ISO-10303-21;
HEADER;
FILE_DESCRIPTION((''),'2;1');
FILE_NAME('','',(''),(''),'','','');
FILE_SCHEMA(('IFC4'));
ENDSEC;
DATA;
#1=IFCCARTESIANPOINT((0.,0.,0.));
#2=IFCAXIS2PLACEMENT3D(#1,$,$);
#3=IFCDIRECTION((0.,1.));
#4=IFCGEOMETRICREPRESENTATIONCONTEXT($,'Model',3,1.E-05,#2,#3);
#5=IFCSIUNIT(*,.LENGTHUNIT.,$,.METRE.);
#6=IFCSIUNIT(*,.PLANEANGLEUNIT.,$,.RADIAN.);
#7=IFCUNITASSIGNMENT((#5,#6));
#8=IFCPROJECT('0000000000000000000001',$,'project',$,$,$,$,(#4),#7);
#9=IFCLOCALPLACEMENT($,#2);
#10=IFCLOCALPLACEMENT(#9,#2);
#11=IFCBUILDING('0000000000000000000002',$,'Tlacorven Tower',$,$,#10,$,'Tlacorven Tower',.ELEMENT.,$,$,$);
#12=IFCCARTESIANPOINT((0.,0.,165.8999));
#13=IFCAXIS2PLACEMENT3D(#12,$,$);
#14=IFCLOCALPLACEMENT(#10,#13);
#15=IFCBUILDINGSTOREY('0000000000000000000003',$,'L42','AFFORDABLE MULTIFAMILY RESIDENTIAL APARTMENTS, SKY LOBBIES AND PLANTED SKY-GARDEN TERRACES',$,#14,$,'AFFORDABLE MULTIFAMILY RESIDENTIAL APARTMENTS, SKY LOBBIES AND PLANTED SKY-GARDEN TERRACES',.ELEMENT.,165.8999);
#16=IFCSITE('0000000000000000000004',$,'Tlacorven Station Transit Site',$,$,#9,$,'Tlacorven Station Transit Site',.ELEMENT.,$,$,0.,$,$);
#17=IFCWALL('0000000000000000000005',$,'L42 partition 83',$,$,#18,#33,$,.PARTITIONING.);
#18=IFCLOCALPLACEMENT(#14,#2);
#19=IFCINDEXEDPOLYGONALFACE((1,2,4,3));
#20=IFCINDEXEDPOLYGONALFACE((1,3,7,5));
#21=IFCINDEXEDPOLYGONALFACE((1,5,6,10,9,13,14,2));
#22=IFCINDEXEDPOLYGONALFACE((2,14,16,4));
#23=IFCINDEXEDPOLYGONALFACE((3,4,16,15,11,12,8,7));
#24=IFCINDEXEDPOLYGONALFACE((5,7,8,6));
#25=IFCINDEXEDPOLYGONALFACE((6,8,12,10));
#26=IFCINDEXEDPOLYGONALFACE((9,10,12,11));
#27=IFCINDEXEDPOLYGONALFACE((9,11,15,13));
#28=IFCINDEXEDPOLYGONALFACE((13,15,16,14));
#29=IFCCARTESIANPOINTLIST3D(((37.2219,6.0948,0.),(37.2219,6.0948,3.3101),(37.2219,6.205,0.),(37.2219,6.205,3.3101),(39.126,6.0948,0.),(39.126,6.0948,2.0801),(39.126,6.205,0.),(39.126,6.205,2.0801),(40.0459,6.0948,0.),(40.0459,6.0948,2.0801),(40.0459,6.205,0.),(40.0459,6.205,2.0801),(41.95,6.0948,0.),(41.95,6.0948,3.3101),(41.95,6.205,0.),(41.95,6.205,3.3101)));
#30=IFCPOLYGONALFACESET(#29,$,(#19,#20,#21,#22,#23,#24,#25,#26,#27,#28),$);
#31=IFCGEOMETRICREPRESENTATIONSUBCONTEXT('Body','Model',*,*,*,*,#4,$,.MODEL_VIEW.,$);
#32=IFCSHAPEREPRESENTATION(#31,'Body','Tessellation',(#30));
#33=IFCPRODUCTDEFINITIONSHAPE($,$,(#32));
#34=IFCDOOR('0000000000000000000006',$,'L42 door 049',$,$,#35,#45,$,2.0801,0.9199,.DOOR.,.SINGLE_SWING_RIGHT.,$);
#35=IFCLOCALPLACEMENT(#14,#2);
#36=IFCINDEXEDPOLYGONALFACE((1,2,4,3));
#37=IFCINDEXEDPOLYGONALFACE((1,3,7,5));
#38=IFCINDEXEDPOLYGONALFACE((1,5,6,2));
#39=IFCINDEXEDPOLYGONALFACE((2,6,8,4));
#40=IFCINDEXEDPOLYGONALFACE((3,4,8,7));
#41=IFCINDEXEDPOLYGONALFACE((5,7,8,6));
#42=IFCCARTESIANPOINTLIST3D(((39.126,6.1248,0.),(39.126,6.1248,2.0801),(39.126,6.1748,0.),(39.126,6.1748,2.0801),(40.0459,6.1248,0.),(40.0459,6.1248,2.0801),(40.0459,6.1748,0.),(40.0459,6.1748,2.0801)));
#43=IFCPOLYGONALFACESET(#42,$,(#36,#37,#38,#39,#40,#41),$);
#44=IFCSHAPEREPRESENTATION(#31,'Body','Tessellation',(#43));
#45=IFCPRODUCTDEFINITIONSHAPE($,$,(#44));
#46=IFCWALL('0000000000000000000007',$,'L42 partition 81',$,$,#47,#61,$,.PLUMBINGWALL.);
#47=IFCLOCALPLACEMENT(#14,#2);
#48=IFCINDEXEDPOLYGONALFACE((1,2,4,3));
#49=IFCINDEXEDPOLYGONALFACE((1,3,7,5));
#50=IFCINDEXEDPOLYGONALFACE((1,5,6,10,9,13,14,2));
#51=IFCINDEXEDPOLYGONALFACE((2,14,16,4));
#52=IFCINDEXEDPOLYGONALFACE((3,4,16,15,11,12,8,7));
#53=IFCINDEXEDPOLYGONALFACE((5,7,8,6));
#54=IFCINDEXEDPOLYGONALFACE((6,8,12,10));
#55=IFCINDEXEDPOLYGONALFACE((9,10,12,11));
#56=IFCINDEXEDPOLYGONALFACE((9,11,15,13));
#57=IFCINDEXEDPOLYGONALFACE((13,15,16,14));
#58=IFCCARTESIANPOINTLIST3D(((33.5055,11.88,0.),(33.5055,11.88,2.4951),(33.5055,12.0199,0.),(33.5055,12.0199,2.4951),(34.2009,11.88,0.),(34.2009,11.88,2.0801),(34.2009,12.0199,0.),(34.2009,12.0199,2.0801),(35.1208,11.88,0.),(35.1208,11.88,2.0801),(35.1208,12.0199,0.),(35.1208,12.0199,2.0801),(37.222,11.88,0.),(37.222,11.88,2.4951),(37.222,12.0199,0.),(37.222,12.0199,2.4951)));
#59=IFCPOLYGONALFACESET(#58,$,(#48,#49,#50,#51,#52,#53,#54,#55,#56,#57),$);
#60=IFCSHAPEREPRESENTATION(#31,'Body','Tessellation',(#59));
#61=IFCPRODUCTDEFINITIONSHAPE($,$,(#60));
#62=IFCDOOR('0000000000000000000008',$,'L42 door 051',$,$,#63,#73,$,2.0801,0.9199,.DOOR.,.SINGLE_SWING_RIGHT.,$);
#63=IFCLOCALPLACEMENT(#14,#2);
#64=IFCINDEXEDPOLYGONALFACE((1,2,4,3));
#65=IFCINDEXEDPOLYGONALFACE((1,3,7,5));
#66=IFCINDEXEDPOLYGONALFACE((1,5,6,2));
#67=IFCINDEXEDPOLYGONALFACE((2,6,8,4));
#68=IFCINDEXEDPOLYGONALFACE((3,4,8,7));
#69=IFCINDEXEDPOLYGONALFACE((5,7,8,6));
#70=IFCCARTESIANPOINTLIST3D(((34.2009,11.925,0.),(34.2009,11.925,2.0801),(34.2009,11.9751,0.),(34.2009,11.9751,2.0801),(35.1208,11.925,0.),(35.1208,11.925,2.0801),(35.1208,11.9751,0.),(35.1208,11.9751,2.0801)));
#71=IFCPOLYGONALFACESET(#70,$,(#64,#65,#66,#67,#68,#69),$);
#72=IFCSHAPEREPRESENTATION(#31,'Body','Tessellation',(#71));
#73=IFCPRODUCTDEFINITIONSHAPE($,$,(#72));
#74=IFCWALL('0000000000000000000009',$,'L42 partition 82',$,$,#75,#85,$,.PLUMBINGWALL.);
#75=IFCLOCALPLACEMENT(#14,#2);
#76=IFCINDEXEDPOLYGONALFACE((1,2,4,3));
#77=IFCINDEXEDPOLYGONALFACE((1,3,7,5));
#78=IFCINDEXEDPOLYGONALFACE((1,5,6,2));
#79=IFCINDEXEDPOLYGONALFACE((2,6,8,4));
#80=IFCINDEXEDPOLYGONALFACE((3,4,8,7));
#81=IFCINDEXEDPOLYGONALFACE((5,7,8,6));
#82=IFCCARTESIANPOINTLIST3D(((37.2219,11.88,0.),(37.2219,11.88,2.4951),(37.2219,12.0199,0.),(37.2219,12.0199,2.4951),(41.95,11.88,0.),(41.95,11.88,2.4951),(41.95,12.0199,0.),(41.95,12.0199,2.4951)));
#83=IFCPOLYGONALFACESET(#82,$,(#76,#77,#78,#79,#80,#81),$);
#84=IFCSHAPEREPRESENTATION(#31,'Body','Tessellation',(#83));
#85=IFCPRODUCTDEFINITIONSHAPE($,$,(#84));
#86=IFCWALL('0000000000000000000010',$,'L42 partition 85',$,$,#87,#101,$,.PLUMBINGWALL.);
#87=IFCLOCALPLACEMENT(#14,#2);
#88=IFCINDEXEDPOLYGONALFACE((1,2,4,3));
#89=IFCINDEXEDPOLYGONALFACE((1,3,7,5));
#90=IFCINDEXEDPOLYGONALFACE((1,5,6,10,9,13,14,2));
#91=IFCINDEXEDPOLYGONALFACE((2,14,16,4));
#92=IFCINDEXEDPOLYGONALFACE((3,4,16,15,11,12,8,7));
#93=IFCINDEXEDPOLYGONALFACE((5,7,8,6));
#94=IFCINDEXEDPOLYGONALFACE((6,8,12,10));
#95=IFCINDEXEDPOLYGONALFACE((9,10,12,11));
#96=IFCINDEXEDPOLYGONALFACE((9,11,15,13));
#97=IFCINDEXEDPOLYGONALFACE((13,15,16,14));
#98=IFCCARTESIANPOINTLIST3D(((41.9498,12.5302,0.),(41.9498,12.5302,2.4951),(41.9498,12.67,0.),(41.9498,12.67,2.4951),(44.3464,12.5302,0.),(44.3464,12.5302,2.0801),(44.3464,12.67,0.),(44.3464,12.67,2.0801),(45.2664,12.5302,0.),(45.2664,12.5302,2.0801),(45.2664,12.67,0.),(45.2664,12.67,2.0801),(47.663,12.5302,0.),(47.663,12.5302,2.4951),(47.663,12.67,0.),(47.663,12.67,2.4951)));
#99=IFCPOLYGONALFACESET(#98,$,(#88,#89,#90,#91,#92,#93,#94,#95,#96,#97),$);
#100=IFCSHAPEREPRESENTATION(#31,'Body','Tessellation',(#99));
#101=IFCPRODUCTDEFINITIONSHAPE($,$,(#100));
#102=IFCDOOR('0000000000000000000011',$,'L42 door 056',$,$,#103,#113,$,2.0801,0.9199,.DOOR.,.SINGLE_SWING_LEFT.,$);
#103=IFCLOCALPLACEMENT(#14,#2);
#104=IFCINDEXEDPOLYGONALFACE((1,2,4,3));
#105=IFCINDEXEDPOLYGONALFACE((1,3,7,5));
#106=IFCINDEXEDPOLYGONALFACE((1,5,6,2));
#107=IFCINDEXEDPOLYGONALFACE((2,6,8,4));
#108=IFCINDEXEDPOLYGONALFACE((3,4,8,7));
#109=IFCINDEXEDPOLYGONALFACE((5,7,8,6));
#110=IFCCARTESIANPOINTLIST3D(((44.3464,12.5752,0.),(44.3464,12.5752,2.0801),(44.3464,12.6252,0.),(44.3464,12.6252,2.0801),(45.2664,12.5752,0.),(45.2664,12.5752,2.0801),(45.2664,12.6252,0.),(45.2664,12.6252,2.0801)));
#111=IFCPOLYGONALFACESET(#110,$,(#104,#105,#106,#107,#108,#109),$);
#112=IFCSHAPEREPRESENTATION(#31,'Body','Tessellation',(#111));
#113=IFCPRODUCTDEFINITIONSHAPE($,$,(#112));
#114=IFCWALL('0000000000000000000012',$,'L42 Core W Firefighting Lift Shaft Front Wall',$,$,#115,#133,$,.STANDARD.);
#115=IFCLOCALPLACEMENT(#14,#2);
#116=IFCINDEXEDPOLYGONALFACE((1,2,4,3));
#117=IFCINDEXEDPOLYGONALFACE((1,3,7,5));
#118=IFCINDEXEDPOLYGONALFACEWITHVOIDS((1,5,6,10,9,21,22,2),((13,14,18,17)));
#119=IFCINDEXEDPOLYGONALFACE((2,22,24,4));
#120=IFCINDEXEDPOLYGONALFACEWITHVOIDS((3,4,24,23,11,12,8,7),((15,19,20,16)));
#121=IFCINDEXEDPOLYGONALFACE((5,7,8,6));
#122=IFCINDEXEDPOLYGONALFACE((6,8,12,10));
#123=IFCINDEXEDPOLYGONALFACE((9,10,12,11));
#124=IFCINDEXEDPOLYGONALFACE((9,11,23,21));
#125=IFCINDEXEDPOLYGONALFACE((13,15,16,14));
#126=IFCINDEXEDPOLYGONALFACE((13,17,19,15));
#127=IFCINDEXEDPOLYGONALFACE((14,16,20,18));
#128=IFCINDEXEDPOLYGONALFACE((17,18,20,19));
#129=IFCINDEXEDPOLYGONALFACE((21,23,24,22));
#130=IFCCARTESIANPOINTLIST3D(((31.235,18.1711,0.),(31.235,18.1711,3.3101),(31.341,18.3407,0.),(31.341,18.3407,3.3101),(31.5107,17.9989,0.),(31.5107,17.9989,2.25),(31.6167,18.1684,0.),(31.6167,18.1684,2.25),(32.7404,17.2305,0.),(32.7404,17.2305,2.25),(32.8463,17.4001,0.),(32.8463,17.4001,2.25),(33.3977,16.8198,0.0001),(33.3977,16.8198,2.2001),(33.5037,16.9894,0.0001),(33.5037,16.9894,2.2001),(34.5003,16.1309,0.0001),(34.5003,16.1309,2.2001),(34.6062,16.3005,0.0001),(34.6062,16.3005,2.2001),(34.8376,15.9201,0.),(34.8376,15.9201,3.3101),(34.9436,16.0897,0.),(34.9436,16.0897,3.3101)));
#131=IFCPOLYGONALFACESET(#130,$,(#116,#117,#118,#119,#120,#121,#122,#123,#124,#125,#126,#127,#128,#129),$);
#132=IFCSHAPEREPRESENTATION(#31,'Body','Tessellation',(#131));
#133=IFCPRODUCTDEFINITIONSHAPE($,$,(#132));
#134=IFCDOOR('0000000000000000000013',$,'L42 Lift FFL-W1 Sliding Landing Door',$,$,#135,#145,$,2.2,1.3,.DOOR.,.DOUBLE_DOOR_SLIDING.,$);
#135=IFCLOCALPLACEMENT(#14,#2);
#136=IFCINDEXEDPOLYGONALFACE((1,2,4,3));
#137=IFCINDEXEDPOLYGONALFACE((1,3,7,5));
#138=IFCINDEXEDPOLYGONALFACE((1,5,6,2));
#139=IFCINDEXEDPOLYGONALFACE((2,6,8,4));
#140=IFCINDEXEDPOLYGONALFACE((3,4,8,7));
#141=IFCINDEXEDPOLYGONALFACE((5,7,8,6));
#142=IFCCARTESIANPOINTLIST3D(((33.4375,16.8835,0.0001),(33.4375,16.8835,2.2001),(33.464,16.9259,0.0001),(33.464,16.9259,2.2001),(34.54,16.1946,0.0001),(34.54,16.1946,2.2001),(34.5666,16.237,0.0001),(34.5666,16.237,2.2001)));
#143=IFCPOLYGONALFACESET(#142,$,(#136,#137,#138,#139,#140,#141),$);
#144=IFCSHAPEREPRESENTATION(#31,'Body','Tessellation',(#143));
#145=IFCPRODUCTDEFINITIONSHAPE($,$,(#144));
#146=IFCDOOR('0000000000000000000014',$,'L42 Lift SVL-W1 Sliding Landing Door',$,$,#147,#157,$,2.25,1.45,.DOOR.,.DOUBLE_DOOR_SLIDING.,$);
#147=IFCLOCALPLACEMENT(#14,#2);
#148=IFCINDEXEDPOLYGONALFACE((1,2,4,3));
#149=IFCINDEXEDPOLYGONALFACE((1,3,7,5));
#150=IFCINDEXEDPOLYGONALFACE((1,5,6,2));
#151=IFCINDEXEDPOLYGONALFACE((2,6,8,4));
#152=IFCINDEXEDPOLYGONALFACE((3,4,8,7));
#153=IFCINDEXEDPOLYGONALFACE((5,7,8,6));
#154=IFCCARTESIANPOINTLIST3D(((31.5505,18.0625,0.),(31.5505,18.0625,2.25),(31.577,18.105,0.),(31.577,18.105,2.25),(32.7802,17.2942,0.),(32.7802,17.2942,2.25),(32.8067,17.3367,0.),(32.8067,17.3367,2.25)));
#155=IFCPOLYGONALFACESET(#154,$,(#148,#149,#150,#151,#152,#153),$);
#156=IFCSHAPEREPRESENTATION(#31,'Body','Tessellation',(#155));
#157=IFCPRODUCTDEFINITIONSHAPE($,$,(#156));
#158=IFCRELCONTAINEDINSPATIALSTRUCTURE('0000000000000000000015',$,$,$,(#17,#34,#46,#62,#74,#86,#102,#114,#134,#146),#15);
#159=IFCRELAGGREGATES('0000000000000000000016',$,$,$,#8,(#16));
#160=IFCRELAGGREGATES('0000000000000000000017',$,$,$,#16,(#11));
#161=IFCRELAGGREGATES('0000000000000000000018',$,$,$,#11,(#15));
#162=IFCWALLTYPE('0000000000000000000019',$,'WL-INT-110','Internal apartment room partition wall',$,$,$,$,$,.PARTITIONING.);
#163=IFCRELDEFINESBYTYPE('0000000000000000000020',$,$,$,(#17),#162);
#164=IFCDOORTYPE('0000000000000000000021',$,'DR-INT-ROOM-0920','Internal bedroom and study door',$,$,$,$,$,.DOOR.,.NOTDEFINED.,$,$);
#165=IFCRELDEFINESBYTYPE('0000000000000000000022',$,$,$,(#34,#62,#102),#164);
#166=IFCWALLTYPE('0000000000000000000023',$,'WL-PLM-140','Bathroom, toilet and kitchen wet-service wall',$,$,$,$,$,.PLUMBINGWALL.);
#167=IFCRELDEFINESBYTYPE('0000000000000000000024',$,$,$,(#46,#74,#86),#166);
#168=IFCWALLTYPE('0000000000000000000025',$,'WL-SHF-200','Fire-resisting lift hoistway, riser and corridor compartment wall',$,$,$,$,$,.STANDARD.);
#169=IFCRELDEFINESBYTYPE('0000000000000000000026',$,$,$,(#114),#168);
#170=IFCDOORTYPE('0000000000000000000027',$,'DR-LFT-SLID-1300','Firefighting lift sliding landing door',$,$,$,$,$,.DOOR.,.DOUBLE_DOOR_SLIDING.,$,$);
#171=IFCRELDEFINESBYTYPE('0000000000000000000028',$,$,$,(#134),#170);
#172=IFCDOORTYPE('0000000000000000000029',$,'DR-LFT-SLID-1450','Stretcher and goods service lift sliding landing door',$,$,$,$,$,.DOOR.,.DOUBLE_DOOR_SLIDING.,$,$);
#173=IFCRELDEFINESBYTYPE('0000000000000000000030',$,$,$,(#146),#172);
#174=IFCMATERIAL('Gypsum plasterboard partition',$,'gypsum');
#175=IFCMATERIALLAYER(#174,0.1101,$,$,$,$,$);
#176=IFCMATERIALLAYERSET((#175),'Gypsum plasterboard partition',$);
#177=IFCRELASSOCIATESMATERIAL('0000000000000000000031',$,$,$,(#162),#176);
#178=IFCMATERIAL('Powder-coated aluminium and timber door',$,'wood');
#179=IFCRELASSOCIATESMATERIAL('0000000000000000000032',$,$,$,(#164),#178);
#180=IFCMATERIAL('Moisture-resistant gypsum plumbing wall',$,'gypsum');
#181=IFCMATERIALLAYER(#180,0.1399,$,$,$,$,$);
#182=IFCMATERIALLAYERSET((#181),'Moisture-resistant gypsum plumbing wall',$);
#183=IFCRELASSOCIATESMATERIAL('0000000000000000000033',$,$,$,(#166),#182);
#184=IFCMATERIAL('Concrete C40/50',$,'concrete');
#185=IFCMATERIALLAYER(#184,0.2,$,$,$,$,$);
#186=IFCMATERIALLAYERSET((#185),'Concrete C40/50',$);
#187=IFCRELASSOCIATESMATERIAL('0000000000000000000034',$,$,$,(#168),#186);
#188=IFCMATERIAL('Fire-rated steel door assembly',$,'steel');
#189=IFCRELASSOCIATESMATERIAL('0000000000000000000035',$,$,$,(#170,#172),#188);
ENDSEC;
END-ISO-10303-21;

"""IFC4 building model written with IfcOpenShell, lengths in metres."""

from ifc_helpers import new_model, si_unit, direction, frame, frame_2d, origin, place, context, subcontext, project, spatial, rectangle, extrude, source, transform, mapped, material, layer, layer_set, type_object, element, fill, save


model = new_model("IFC4")

# Units and contexts
model_context = context("Model", 3, precision=1e-05, world=origin(), true_north=direction((0.0, 1.0)))
body_context = subcontext(model_context, "Body", "Model", "MODEL_VIEW")
ifc_project = project(units=[si_unit("LENGTHUNIT", "METRE"), si_unit("PLANEANGLEUNIT", "RADIAN")], contexts=[model_context])

# Site, building, storey
site_placement = place(None, origin())
site = spatial("IfcSite", under=ifc_project, at=site_placement, Name="Tlacorven Station Transit Site", LongName="Tlacorven Station Transit Site", CompositionType="ELEMENT", RefElevation=0.0)
building_placement = place(site_placement, origin())
building = spatial("IfcBuilding", under=site, at=building_placement, Name="Tlacorven Tower", LongName="Tlacorven Tower", CompositionType="ELEMENT")
storey_placement = place(building_placement, frame((0.0, 0.0, 165.8999)))
storey = spatial("IfcBuildingStorey", under=building, at=storey_placement, Name="L42", Description="AFFORDABLE MULTIFAMILY RESIDENTIAL APARTMENTS, SKY LOBBIES AND PLANTED SKY-GARDEN TERRACES", LongName="AFFORDABLE MULTIFAMILY RESIDENTIAL APARTMENTS, SKY LOBBIES AND PLANTED SKY-GARDEN TERRACES", CompositionType="ELEMENT", Elevation=165.8999)

# Shared definitions
ifc_material_1 = material(Name="Fire-rated steel door assembly", Category="steel")

# Walls, openings, doors
ifc_material_2 = material(Name="Gypsum plasterboard partition", Category="gypsum")
ifc_layer_1 = layer(ifc_material_2, 0.1101)
ifc_layer_set_1 = layer_set([ifc_layer_1], Name="Gypsum plasterboard partition")
wall_type_1 = type_object("IfcWallType", Name="WL-INT-110", Description="Internal apartment room partition wall", PredefinedType="PARTITIONING", material=ifc_layer_set_1)
wall_1_placement = place(storey_placement, frame((37.2219, 6.1499, 0.0), z_axis=(0.0, 0.0, 1.0), x_axis=(1.0, 0.0, 0.0)))
wall_1 = element("IfcWall", 1, at=wall_1_placement, inside=storey, type_object=wall_type_1, Name="L42 partition 83", PredefinedType="PARTITIONING", context=body_context, shape_type="SweptSolid", body=[
    extrude(rectangle(XDim=4.728, YDim=0.1101, at=frame_2d((2.364, 0.0))), origin(), (0.0, 0.0, 1.0), 3.3101),
])
opening_1_placement = place(wall_1_placement, frame((1.9041, 0.0, 0.0)))
opening_1 = element("IfcOpeningElement", 2, at=opening_1_placement, cuts=wall_1, PredefinedType="OPENING", context=body_context, shape_type="SweptSolid", body=[
    extrude(rectangle(XDim=0.9199, YDim=2.0801, at=frame_2d((0.46, 1.04))), frame((0.0, 0.0649, 0.0), z_axis=(0.0, -1.0, 0.0), x_axis=(1.0, 0.0, 0.0)), (0.0, 0.0, 1.0), 0.1301),
])
ifc_material_3 = material(Name="Powder-coated aluminium and timber door", Category="wood")
door_type_1 = type_object("IfcDoorType", Name="DR-INT-ROOM-0920", Description="Internal bedroom and study door", OperationType="NOTDEFINED", PredefinedType="DOOR", material=ifc_material_3)
shared_shape_1 = source(origin(), body_context, "Body", "SweptSolid", [
    extrude(rectangle(XDim=0.9199, YDim=2.0801, at=frame_2d((0.46, 1.04))), frame((0.0, 0.0249, 0.0), z_axis=(0.0, -1.0, 0.0), x_axis=(1.0, 0.0, 0.0)), (0.0, 0.0, 1.0), 0.05),
])
door_1_placement = place(opening_1_placement, origin())
door_1 = element("IfcDoor", 3, at=door_1_placement, inside=storey, type_object=door_type_1, Name="L42 door 049", OperationType="SINGLE_SWING_RIGHT", OverallHeight=2.0801, OverallWidth=0.9199, PredefinedType="DOOR", context=body_context, shape_type="MappedRepresentation", body=[
    mapped(shared_shape_1, transform((0.0, 0.0, 0.0), scale=1.0)),
])
fill(opening_1, door_1)
ifc_material_4 = material(Name="Moisture-resistant gypsum plumbing wall", Category="gypsum")
ifc_layer_2 = layer(ifc_material_4, 0.1399)
ifc_layer_set_2 = layer_set([ifc_layer_2], Name="Moisture-resistant gypsum plumbing wall")
wall_type_2 = type_object("IfcWallType", Name="WL-PLM-140", Description="Bathroom, toilet and kitchen wet-service wall", PredefinedType="PLUMBINGWALL", material=ifc_layer_set_2)
wall_2_placement = place(storey_placement, frame((33.5054, 11.95, 0.0), z_axis=(0.0, 0.0, 1.0), x_axis=(1.0, 0.0, 0.0)))
wall_2 = element("IfcWall", 4, at=wall_2_placement, inside=storey, type_object=wall_type_2, Name="L42 partition 81", PredefinedType="PLUMBINGWALL", context=body_context, shape_type="SweptSolid", body=[
    extrude(rectangle(XDim=3.7166, YDim=0.1399, at=frame_2d((1.8584, 0.0))), origin(), (0.0, 0.0, 1.0), 2.4951),
])
opening_2_placement = place(wall_2_placement, frame((0.6956, 0.0, 0.0)))
opening_2 = element("IfcOpeningElement", 5, at=opening_2_placement, cuts=wall_2, PredefinedType="OPENING", context=body_context, shape_type="SweptSolid", body=[
    extrude(rectangle(XDim=0.9199, YDim=2.0801, at=frame_2d((0.46, 1.04))), frame((0.0, 0.0801, 0.0), z_axis=(0.0, -1.0, 0.0), x_axis=(1.0, 0.0, 0.0)), (0.0, 0.0, 1.0), 0.1599),
])
door_2_placement = place(opening_2_placement, frame((0.9199, 0.0, 0.0), z_axis=(0.0, 0.0, 1.0), x_axis=(-1.0, 0.0, 0.0)))
door_2 = element("IfcDoor", 6, at=door_2_placement, inside=storey, type_object=door_type_1, Name="L42 door 051", OperationType="SINGLE_SWING_RIGHT", OverallHeight=2.0801, OverallWidth=0.9199, PredefinedType="DOOR", context=body_context, shape_type="MappedRepresentation", body=[
    mapped(shared_shape_1, transform((0.0, 0.0, 0.0), scale=1.0)),
])
fill(opening_2, door_2)

# Wall
wall_3_placement = place(storey_placement, frame((37.2219, 11.95, 0.0), z_axis=(0.0, 0.0, 1.0), x_axis=(1.0, 0.0, 0.0)))
element("IfcWall", 7, at=wall_3_placement, inside=storey, type_object=wall_type_2, Name="L42 partition 82", PredefinedType="PLUMBINGWALL", context=body_context, shape_type="SweptSolid", body=[
    extrude(rectangle(XDim=4.728, YDim=0.1399, at=frame_2d((2.364, 0.0))), origin(), (0.0, 0.0, 1.0), 2.4951),
])

# Wall, opening, door
wall_4_placement = place(storey_placement, frame((41.95, 12.6001, 0.0), z_axis=(0.0, 0.0, 1.0), x_axis=(1.0, 0.0, 0.0)))
wall_4 = element("IfcWall", 8, at=wall_4_placement, inside=storey, type_object=wall_type_2, Name="L42 partition 85", PredefinedType="PLUMBINGWALL", context=body_context, shape_type="SweptSolid", body=[
    extrude(rectangle(XDim=5.7131, YDim=0.1399, at=frame_2d((2.8564, 0.0))), origin(), (0.0, 0.0, 1.0), 2.4951),
])
opening_3_placement = place(wall_4_placement, frame((2.3965, 0.0, 0.0)))
opening_3 = element("IfcOpeningElement", 9, at=opening_3_placement, cuts=wall_4, PredefinedType="OPENING", context=body_context, shape_type="SweptSolid", body=[
    extrude(rectangle(XDim=0.9199, YDim=2.0801, at=frame_2d((0.46, 1.04))), frame((0.0, 0.0801, 0.0), z_axis=(0.0, -1.0, 0.0), x_axis=(1.0, 0.0, 0.0)), (0.0, 0.0, 1.0), 0.1599),
])
door_3_placement = place(opening_3_placement, frame((0.9199, 0.0, 0.0), z_axis=(0.0, 0.0, 1.0), x_axis=(-1.0, 0.0, 0.0)))
door_3 = element("IfcDoor", 10, at=door_3_placement, inside=storey, type_object=door_type_1, Name="L42 door 056", OperationType="SINGLE_SWING_LEFT", OverallHeight=2.0801, OverallWidth=0.9199, PredefinedType="DOOR", context=body_context, shape_type="MappedRepresentation", body=[
    mapped(shared_shape_1, transform((0.0, 0.0, 0.0), scale=1.0)),
])
fill(opening_3, door_3)

# Wall, openings, doors
ifc_material_5 = material(Name="Concrete C40/50", Category="concrete")
ifc_layer_3 = layer(ifc_material_5, 0.2)
ifc_layer_set_3 = layer_set([ifc_layer_3], Name="Concrete C40/50")
wall_type_3 = type_object("IfcWallType", Name="WL-SHF-200", Description="Fire-resisting lift hoistway, riser and corridor compartment wall", PredefinedType="STANDARD", material=ifc_layer_set_3)
wall_5_placement = place(storey_placement, frame((34.8906, 16.0049, 0.0), z_axis=(0.0, 0.0, 1.0), x_axis=(-0.848063, 0.529896, 0.0)))
wall_5 = element("IfcWall", 11, at=wall_5_placement, inside=storey, type_object=wall_type_3, Name="L42 Core W Firefighting Lift Shaft Front Wall", PredefinedType="STANDARD", context=body_context, shape_type="SweptSolid", body=[
    extrude(rectangle(XDim=4.248, YDim=0.2, at=frame_2d((2.124, 0.0))), origin(), (0.0, 0.0, 1.0), 3.3101),
])
opening_4_placement = place(wall_5_placement, frame((0.3979, 0.0, 0.0)))
opening_4 = element("IfcOpeningElement", 12, at=opening_4_placement, cuts=wall_5, PredefinedType="OPENING", context=body_context, shape_type="SweptSolid", body=[
    extrude(rectangle(XDim=1.3, YDim=2.2, at=frame_2d((0.6499, 1.1001))), frame((0.0, 0.1099, 0.0), z_axis=(0.0, -1.0, 0.0), x_axis=(1.0, 0.0, 0.0)), (0.0, 0.0, 1.0), 0.22),
])
opening_5_placement = place(wall_5_placement, frame((2.4729, 0.0, 0.0)))
opening_5 = element("IfcOpeningElement", 13, at=opening_5_placement, cuts=wall_5, PredefinedType="OPENING", context=body_context, shape_type="SweptSolid", body=[
    extrude(rectangle(XDim=1.45, YDim=2.25, at=frame_2d((0.7251, 1.125))), frame((0.0, 0.1099, 0.0), z_axis=(0.0, -1.0, 0.0), x_axis=(1.0, 0.0, 0.0)), (0.0, 0.0, 1.0), 0.22),
])
door_type_2 = type_object("IfcDoorType", Name="DR-LFT-SLID-1300", Description="Firefighting lift sliding landing door", OperationType="DOUBLE_DOOR_SLIDING", PredefinedType="DOOR", material=ifc_material_1)
shared_shape_2 = source(origin(), body_context, "Body", "SweptSolid", [
    extrude(rectangle(XDim=1.3, YDim=2.2, at=frame_2d((0.6499, 1.1001))), frame((0.0, 0.0249, 0.0), z_axis=(0.0, -1.0, 0.0), x_axis=(1.0, 0.0, 0.0)), (0.0, 0.0, 1.0), 0.05),
])
door_4_placement = place(opening_4_placement, origin())
door_4 = element("IfcDoor", 14, at=door_4_placement, inside=storey, type_object=door_type_2, Name="L42 Lift FFL-W1 Sliding Landing Door", OperationType="DOUBLE_DOOR_SLIDING", OverallHeight=2.2, OverallWidth=1.3, PredefinedType="DOOR", context=body_context, shape_type="MappedRepresentation", body=[
    mapped(shared_shape_2, transform((0.0, 0.0, 0.0), scale=1.0)),
])
fill(opening_4, door_4)
door_type_3 = type_object("IfcDoorType", Name="DR-LFT-SLID-1450", Description="Stretcher and goods service lift sliding landing door", OperationType="DOUBLE_DOOR_SLIDING", PredefinedType="DOOR", material=ifc_material_1)
shared_shape_3 = source(origin(), body_context, "Body", "SweptSolid", [
    extrude(rectangle(XDim=1.45, YDim=2.25, at=frame_2d((0.7251, 1.125))), frame((0.0, 0.0249, 0.0), z_axis=(0.0, -1.0, 0.0), x_axis=(1.0, 0.0, 0.0)), (0.0, 0.0, 1.0), 0.05),
])
door_5_placement = place(opening_5_placement, origin())
door_5 = element("IfcDoor", 15, at=door_5_placement, inside=storey, type_object=door_type_3, Name="L42 Lift SVL-W1 Sliding Landing Door", OperationType="DOUBLE_DOOR_SLIDING", OverallHeight=2.25, OverallWidth=1.45, PredefinedType="DOOR", context=body_context, shape_type="MappedRepresentation", body=[
    mapped(shared_shape_3, transform((0.0, 0.0, 0.0), scale=1.0)),
])
fill(opening_5, door_5)

save(model, "model.ifc")
